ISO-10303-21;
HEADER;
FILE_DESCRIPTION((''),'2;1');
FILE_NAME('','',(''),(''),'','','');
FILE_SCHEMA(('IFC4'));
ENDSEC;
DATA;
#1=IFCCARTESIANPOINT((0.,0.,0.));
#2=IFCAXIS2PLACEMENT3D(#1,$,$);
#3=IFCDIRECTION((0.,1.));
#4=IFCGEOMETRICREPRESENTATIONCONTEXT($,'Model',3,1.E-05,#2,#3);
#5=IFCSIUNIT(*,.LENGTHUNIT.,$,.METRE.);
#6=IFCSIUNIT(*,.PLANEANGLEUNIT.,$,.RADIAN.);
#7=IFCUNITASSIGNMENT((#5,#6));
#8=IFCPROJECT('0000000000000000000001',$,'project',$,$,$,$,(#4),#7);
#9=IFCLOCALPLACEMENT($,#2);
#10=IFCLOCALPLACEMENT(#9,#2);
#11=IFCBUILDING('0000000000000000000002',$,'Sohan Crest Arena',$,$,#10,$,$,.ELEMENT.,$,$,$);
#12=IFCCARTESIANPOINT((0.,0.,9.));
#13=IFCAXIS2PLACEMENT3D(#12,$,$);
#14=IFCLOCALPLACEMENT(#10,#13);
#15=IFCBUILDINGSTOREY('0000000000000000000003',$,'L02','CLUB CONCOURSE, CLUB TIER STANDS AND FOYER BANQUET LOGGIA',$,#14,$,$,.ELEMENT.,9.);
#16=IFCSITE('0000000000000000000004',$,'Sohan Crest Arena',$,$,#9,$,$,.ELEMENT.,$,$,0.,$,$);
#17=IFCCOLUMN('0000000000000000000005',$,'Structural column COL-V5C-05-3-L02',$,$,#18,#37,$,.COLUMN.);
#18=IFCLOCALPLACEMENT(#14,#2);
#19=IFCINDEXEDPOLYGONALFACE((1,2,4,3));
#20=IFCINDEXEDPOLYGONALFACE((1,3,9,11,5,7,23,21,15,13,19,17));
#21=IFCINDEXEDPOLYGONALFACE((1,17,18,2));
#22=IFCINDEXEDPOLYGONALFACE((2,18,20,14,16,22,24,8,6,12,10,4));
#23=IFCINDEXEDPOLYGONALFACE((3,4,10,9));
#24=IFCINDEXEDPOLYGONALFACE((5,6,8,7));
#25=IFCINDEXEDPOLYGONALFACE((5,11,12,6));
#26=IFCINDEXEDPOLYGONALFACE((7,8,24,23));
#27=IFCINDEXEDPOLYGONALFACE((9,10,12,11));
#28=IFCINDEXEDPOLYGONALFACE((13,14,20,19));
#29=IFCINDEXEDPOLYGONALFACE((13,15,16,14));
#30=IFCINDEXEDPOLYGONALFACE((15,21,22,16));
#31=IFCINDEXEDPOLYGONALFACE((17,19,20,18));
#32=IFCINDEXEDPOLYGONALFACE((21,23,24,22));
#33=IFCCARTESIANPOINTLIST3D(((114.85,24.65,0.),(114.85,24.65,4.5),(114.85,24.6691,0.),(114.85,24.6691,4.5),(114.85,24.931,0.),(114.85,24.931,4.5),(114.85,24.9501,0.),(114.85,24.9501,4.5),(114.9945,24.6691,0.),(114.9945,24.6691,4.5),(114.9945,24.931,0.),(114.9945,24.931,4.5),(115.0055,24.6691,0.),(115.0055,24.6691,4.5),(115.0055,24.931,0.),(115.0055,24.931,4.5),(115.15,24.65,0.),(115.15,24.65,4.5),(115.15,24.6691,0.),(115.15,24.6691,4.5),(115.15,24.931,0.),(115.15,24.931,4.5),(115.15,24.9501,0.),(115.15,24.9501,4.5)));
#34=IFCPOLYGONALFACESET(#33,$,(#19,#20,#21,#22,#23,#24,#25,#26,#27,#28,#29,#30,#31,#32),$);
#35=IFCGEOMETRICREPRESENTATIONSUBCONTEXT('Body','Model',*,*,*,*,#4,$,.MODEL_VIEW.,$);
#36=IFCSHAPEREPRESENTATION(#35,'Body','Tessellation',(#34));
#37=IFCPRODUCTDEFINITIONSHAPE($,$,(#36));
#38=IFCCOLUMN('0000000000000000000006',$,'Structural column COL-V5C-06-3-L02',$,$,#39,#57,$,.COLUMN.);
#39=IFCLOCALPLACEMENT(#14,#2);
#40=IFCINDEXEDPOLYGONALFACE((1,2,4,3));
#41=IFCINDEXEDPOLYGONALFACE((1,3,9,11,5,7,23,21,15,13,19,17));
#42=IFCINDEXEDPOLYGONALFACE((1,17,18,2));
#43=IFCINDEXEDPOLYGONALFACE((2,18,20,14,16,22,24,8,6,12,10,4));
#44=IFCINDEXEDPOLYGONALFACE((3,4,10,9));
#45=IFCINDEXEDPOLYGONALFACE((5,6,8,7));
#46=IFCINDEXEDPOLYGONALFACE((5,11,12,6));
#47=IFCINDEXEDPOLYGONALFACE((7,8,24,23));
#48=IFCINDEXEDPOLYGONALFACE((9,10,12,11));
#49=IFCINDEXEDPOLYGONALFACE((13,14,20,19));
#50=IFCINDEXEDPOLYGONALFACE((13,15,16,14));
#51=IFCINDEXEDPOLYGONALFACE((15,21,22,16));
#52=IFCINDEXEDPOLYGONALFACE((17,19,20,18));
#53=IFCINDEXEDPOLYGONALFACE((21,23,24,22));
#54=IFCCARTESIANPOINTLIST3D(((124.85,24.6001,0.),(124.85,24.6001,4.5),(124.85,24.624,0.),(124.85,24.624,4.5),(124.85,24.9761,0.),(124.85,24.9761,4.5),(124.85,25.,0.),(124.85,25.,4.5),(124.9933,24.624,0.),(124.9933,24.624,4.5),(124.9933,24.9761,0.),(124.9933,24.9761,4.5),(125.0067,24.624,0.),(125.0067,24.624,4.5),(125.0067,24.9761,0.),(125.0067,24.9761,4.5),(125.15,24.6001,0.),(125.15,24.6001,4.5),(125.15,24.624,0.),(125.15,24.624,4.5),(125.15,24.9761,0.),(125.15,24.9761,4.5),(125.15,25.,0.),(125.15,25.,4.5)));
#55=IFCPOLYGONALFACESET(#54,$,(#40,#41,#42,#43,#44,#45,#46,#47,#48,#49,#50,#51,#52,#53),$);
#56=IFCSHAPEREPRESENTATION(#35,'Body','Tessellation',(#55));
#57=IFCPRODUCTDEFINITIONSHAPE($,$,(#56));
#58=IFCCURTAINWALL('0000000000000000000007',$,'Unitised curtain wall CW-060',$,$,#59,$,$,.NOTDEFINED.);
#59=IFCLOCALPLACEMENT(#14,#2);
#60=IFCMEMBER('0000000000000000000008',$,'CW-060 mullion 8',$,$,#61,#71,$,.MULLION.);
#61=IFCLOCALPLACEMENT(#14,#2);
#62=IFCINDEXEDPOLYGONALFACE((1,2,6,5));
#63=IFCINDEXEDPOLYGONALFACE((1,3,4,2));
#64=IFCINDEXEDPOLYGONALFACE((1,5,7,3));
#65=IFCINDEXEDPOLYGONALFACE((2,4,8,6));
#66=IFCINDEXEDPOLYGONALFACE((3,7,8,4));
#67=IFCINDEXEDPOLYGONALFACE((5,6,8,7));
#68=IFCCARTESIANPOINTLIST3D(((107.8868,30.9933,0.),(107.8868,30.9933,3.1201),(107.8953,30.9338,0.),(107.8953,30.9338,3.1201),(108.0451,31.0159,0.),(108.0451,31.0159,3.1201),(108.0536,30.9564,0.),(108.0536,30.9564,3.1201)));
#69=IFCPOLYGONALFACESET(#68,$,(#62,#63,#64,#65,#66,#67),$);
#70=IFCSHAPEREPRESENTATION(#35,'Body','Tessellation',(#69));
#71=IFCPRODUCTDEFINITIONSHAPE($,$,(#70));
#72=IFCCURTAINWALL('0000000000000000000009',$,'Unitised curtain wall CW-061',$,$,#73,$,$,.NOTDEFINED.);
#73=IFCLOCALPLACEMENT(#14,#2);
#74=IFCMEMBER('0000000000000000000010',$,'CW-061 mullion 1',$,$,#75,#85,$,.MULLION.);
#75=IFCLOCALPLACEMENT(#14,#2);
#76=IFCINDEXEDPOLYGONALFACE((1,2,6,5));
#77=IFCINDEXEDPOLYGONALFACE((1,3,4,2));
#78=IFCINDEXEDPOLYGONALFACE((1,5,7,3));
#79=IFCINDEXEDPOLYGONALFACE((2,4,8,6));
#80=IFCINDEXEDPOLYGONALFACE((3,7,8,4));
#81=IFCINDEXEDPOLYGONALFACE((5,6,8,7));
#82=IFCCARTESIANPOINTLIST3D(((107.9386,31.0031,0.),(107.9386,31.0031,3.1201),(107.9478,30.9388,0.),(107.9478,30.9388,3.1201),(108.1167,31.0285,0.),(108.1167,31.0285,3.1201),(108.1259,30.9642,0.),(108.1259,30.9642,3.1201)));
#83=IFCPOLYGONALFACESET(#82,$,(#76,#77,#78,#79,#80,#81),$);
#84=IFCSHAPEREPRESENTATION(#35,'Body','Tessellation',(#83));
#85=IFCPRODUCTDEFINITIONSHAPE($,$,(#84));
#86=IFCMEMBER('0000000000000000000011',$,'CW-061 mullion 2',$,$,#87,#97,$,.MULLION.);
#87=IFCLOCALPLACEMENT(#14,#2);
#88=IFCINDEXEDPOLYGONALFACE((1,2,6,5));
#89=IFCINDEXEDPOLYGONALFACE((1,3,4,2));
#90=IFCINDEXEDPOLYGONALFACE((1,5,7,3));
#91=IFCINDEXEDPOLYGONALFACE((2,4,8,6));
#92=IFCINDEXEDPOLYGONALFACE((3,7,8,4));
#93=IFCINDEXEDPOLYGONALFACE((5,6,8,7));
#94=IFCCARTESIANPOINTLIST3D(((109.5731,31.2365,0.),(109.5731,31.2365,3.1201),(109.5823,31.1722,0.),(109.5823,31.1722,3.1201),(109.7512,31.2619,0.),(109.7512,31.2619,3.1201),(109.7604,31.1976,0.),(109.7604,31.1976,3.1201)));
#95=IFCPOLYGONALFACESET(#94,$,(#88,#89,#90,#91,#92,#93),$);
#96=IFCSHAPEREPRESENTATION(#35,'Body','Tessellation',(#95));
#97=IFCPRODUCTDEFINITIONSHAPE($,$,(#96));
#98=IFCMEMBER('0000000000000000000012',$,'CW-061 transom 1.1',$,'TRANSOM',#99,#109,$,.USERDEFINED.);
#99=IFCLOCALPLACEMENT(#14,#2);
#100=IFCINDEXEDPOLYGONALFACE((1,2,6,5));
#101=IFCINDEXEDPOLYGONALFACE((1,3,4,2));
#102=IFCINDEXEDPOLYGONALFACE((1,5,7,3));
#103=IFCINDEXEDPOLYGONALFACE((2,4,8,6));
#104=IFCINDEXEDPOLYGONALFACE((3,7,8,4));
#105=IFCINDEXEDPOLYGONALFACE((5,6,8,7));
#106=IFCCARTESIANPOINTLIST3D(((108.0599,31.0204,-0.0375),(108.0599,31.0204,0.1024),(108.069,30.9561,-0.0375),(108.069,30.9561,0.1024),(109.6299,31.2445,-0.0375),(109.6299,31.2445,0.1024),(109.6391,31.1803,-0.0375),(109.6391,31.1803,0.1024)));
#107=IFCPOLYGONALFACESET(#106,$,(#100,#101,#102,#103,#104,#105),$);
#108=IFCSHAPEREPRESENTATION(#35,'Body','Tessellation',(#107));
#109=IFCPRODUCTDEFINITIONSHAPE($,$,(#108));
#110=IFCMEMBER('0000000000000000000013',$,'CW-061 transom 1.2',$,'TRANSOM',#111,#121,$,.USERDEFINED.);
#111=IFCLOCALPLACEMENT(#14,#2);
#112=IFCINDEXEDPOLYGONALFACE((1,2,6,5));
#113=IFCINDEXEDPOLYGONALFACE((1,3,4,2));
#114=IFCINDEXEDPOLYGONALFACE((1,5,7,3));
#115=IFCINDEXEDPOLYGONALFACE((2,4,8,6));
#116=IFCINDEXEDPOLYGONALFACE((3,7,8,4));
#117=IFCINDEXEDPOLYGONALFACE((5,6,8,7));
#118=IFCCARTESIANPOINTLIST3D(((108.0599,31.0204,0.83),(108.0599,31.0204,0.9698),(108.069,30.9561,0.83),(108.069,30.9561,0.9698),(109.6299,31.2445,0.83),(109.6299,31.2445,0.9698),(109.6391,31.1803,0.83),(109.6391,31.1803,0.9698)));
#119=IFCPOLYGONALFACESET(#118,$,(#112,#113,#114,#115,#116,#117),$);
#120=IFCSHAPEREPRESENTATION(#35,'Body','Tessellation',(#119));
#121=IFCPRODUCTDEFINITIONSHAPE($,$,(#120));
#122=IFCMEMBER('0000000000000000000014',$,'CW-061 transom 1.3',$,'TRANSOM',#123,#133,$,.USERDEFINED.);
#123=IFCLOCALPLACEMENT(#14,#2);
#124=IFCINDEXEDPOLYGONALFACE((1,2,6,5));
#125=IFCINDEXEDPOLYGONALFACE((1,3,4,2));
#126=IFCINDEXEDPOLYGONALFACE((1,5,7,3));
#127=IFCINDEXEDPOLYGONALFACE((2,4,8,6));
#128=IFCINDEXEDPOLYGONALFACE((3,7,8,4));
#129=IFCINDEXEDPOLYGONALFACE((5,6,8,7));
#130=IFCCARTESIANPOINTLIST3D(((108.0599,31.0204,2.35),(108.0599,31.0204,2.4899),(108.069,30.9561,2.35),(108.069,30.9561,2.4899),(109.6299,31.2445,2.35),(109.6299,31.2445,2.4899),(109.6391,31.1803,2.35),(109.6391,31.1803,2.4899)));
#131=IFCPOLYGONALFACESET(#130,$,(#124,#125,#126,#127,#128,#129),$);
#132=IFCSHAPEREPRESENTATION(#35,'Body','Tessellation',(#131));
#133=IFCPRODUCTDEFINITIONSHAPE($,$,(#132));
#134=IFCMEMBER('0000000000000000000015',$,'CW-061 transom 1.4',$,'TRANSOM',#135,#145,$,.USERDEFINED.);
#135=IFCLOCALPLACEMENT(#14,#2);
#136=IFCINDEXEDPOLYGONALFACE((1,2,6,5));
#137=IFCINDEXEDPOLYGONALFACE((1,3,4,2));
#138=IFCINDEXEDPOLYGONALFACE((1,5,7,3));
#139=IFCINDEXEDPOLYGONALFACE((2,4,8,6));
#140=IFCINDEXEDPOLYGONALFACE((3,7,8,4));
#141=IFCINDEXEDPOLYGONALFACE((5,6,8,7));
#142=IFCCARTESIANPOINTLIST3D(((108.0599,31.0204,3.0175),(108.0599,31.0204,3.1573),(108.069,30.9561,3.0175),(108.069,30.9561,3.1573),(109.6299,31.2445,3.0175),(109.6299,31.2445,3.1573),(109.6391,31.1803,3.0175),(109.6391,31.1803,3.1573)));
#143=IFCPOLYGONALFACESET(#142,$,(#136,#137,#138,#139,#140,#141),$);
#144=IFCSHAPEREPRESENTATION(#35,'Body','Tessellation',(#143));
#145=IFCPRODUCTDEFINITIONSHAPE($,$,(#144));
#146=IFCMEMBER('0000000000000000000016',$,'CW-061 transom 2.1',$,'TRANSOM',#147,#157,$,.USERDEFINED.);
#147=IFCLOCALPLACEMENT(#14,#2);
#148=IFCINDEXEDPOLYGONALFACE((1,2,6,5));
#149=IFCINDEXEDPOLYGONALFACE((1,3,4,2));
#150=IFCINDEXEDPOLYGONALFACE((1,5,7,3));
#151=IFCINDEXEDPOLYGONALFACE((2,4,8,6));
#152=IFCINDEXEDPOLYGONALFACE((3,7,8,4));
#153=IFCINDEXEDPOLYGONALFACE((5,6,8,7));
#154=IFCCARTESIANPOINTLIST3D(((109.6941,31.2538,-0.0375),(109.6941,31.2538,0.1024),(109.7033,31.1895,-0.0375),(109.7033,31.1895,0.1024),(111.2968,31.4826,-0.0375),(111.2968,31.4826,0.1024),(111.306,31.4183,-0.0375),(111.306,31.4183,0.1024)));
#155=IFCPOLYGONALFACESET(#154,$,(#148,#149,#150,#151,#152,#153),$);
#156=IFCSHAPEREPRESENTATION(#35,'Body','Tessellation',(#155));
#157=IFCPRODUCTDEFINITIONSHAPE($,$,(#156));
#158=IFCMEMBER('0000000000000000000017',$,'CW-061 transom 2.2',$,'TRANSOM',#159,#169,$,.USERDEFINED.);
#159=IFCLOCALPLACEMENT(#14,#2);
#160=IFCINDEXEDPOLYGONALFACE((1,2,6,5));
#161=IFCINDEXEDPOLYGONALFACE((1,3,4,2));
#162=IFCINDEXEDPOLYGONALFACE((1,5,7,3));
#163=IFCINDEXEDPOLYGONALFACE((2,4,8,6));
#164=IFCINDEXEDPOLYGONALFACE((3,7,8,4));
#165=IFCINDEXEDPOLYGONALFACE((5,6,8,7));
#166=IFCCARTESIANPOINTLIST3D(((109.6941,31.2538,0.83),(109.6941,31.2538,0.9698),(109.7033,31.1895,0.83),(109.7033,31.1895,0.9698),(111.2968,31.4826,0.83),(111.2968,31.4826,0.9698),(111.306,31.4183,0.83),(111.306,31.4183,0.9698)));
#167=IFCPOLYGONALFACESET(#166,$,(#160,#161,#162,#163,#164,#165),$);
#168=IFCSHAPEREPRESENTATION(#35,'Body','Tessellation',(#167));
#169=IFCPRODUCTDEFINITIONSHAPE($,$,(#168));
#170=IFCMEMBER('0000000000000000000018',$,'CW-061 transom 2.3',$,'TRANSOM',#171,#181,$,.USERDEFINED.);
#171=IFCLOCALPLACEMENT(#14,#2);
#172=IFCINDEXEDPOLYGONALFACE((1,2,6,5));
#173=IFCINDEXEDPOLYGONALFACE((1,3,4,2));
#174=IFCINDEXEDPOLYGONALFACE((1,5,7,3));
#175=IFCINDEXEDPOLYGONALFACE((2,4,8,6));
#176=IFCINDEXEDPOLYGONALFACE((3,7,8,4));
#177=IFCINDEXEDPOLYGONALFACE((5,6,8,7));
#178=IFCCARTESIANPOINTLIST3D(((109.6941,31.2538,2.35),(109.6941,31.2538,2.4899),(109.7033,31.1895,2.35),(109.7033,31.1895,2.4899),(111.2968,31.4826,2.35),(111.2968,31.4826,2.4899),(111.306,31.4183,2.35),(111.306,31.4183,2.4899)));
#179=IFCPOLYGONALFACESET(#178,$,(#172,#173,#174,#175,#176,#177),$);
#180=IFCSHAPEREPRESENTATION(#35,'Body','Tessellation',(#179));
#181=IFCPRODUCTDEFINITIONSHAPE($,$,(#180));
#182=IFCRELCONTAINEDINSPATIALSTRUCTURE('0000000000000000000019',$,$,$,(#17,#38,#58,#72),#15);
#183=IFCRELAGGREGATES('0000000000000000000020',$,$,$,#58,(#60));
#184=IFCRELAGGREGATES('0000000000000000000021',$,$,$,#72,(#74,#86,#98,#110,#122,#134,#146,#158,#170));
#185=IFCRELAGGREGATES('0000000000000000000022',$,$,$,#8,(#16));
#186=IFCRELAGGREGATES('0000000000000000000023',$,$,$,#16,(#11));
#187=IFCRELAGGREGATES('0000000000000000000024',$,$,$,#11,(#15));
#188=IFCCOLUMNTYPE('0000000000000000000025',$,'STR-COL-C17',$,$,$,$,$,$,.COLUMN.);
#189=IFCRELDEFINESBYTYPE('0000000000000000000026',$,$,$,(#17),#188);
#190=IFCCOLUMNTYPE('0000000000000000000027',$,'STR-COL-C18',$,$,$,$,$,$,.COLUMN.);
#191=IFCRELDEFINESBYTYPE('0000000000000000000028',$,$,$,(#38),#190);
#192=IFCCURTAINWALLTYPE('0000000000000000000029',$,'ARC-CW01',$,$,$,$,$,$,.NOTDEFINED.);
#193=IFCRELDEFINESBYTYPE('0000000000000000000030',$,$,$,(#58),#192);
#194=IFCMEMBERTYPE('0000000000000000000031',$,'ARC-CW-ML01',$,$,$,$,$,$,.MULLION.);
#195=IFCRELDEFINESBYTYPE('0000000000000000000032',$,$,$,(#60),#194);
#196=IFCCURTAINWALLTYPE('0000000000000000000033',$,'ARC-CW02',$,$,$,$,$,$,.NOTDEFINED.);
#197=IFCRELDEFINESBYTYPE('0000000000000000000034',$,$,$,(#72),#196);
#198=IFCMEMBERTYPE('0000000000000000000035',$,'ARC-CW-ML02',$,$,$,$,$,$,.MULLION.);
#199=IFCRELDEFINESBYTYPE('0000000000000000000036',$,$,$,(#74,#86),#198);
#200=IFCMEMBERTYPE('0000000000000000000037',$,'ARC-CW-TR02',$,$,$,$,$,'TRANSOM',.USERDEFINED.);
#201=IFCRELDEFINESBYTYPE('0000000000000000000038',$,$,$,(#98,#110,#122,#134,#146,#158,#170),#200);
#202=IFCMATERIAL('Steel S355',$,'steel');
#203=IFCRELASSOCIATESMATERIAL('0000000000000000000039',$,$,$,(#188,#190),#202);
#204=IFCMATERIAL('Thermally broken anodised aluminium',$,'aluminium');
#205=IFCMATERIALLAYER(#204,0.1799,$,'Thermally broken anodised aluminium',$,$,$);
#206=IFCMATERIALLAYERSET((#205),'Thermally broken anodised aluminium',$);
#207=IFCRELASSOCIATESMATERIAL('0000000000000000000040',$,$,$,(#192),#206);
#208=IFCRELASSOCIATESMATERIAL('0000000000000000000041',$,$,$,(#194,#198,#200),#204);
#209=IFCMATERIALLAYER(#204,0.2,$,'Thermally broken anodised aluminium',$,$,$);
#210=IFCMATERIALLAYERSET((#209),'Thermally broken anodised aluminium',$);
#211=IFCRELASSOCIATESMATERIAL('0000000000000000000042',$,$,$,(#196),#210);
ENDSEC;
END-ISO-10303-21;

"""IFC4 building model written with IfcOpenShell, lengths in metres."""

from ifc_helpers import new_model, si_unit, direction, frame, origin, origin_2d, place, context, subcontext, project, spatial, rectangle, i_section, extrude, material, layer, layer_set, material_profile, profile_set, type_object, element, aggregate, save


model = new_model("IFC4")

# Units and contexts
model_context = context("Model", 3, precision=1e-05, world=origin(), true_north=direction((0.0, 1.0)))
body_context = subcontext(model_context, "Body", "Model", "MODEL_VIEW")
ifc_project = project(units=[si_unit("LENGTHUNIT", "METRE"), si_unit("PLANEANGLEUNIT", "RADIAN")], contexts=[model_context])

# Site, building, storey
site_placement = place(None, origin())
site = spatial("IfcSite", under=ifc_project, at=site_placement, Name="Sohan Crest Arena", CompositionType="ELEMENT", RefElevation=0.0)
building_placement = place(site_placement, origin())
building = spatial("IfcBuilding", under=site, at=building_placement, Name="Sohan Crest Arena", CompositionType="ELEMENT")
storey_placement = place(building_placement, frame((0.0, 0.0, 9.0)))
storey = spatial("IfcBuildingStorey", under=building, at=storey_placement, Name="L02", Description="CLUB CONCOURSE, CLUB TIER STANDS AND FOYER BANQUET LOGGIA", CompositionType="ELEMENT", Elevation=9.0)

# Columns
ifc_material_1 = material(Name="Steel S355", Category="steel")
ifc_material_profile_1 = material_profile(ifc_material_1, i_section(OverallWidth=0.3, OverallDepth=0.3, WebThickness=0.011, FlangeThickness=0.019, at=origin_2d()), Name="HEB 300")
ifc_profile_set_1 = profile_set([ifc_material_profile_1], Name="Steel S355")
column_type_1 = type_object("IfcColumnType", Name="STR-COL-C17", PredefinedType="COLUMN", material=ifc_profile_set_1)
column_1_placement = place(storey_placement, frame((115.0, 24.8, 0.0), z_axis=(0.0, 0.0, 1.0), x_axis=(1.0, 0.0, 0.0)))
element("IfcColumn", 1, at=column_1_placement, inside=storey, type_object=column_type_1, Name="Structural column COL-V5C-05-3-L02", PredefinedType="COLUMN", context=body_context, shape_type="SweptSolid", body=[
    extrude(i_section(OverallWidth=0.3, OverallDepth=0.3, WebThickness=0.011, FlangeThickness=0.019, at=origin_2d()), origin(), (0.0, 0.0, 1.0), 4.5),
])
ifc_material_profile_2 = material_profile(ifc_material_1, i_section(OverallWidth=0.3, OverallDepth=0.3999, WebThickness=0.0134, FlangeThickness=0.0239, at=origin_2d()), Name="HEB 400")
ifc_profile_set_2 = profile_set([ifc_material_profile_2], Name="Steel S355")
column_type_2 = type_object("IfcColumnType", Name="STR-COL-C18", PredefinedType="COLUMN", material=ifc_profile_set_2)
column_2_placement = place(storey_placement, frame((125.0, 24.8, 0.0), z_axis=(0.0, 0.0, 1.0), x_axis=(1.0, 0.0, 0.0)))
element("IfcColumn", 2, at=column_2_placement, inside=storey, type_object=column_type_2, Name="Structural column COL-V5C-06-3-L02", PredefinedType="COLUMN", context=body_context, shape_type="SweptSolid", body=[
    extrude(i_section(OverallWidth=0.3, OverallDepth=0.3999, WebThickness=0.0134, FlangeThickness=0.0239, at=origin_2d()), origin(), (0.0, 0.0, 1.0), 4.5),
])

# Curtain wall, member
ifc_material_2 = material(Name="Thermally broken anodised aluminium", Category="aluminium")
ifc_layer_1 = layer(ifc_material_2, 0.1799, Name="Thermally broken anodised aluminium")
ifc_layer_set_1 = layer_set([ifc_layer_1], Name="Thermally broken anodised aluminium")
curtain_wall_type_1 = type_object("IfcCurtainWallType", Name="ARC-CW01", PredefinedType="NOTDEFINED", material=ifc_layer_set_1)
curtain_wall_1_placement = place(storey_placement, origin())
curtain_wall_1 = element("IfcCurtainWall", 3, at=curtain_wall_1_placement, inside=storey, type_object=curtain_wall_type_1, Name="Unitised curtain wall CW-060", PredefinedType="NOTDEFINED")
ifc_material_profile_3 = material_profile(ifc_material_2, rectangle(XDim=0.0601, YDim=0.1599, at=origin_2d()), Name="ALU-MULL 60x160")
ifc_profile_set_3 = profile_set([ifc_material_profile_3], Name="Thermally broken anodised aluminium")
member_type_1 = type_object("IfcMemberType", Name="ARC-CW-ML01", PredefinedType="MULLION", material=ifc_profile_set_3)
member_1_placement = place(storey_placement, frame((107.9702, 30.9749, 0.0), z_axis=(0.0, 0.0, 1.0), x_axis=(-0.141463, 0.989944, 0.0)))
member_1 = element("IfcMember", 4, at=member_1_placement, type_object=member_type_1, Name="CW-060 mullion 8", PredefinedType="MULLION", context=body_context, shape_type="SweptSolid", body=[
    extrude(rectangle(XDim=0.0601, YDim=0.1599, at=origin_2d()), origin(), (0.0, 0.0, 1.0), 3.1201),
])

# Curtain wall, members
ifc_layer_2 = layer(ifc_material_2, 0.2, Name="Thermally broken anodised aluminium")
ifc_layer_set_2 = layer_set([ifc_layer_2], Name="Thermally broken anodised aluminium")
curtain_wall_type_2 = type_object("IfcCurtainWallType", Name="ARC-CW02", PredefinedType="NOTDEFINED", material=ifc_layer_set_2)
curtain_wall_2_placement = place(storey_placement, origin())
curtain_wall_2 = element("IfcCurtainWall", 5, at=curtain_wall_2_placement, inside=storey, type_object=curtain_wall_type_2, Name="Unitised curtain wall CW-061", PredefinedType="NOTDEFINED")
ifc_material_profile_4 = material_profile(ifc_material_2, rectangle(XDim=0.0649, YDim=0.1799, at=origin_2d()), Name="ALU-MULL 65x180")
ifc_profile_set_4 = profile_set([ifc_material_profile_4], Name="Thermally broken anodised aluminium")
member_type_2 = type_object("IfcMemberType", Name="ARC-CW-ML02", PredefinedType="MULLION", material=ifc_profile_set_4)
member_2_placement = place(storey_placement, frame((108.0322, 30.9836, 0.0), z_axis=(0.0, 0.0, 1.0), x_axis=(-0.141366, 0.989957, 0.0)))
member_2 = element("IfcMember", 6, at=member_2_placement, type_object=member_type_2, Name="CW-061 mullion 1", PredefinedType="MULLION", context=body_context, shape_type="SweptSolid", body=[
    extrude(rectangle(XDim=0.0649, YDim=0.1799, at=origin_2d()), origin(), (0.0, 0.0, 1.0), 3.1201),
])
member_3_placement = place(storey_placement, frame((109.6667, 31.217, 0.0), z_axis=(0.0, 0.0, 1.0), x_axis=(-0.141366, 0.989957, 0.0)))
member_3 = element("IfcMember", 7, at=member_3_placement, type_object=member_type_2, Name="CW-061 mullion 2", PredefinedType="MULLION", context=body_context, shape_type="SweptSolid", body=[
    extrude(rectangle(XDim=0.0649, YDim=0.1799, at=origin_2d()), origin(), (0.0, 0.0, 1.0), 3.1201),
])
ifc_material_profile_5 = material_profile(ifc_material_2, rectangle(XDim=0.0649, YDim=0.1399, at=origin_2d()), Name="ALU-TRAN 65x140")
ifc_profile_set_5 = profile_set([ifc_material_profile_5], Name="Thermally broken anodised aluminium")
member_type_3 = type_object("IfcMemberType", Name="ARC-CW-TR02", ElementType="TRANSOM", PredefinedType="USERDEFINED", material=ifc_profile_set_5)
member_4_placement = place(storey_placement, frame((108.0645, 30.9883, 0.0325), z_axis=(0.989965, 0.141314, 0.0), x_axis=(-0.141314, 0.989965, 0.0)))
member_4 = element("IfcMember", 8, at=member_4_placement, type_object=member_type_3, Name="CW-061 transom 1.1", ObjectType="TRANSOM", PredefinedType="USERDEFINED", context=body_context, shape_type="SweptSolid", body=[
    extrude(rectangle(XDim=0.0649, YDim=0.1399, at=origin_2d()), origin(), (0.0, 0.0, 1.0), 1.5859),
])
member_5_placement = place(storey_placement, frame((108.0645, 30.9883, 0.8999), z_axis=(0.989965, 0.141314, 0.0), x_axis=(-0.141314, 0.989965, 0.0)))
member_5 = element("IfcMember", 9, at=member_5_placement, type_object=member_type_3, Name="CW-061 transom 1.2", ObjectType="TRANSOM", PredefinedType="USERDEFINED", context=body_context, shape_type="SweptSolid", body=[
    extrude(rectangle(XDim=0.0649, YDim=0.1399, at=origin_2d()), origin(), (0.0, 0.0, 1.0), 1.5859),
])
member_6_placement = place(storey_placement, frame((108.0645, 30.9883, 2.4199), z_axis=(0.989965, 0.141314, 0.0), x_axis=(-0.141314, 0.989965, 0.0)))
member_6 = element("IfcMember", 10, at=member_6_placement, type_object=member_type_3, Name="CW-061 transom 1.3", ObjectType="TRANSOM", PredefinedType="USERDEFINED", context=body_context, shape_type="SweptSolid", body=[
    extrude(rectangle(XDim=0.0649, YDim=0.1399, at=origin_2d()), origin(), (0.0, 0.0, 1.0), 1.5859),
])
member_7_placement = place(storey_placement, frame((108.0645, 30.9883, 3.0874), z_axis=(0.989965, 0.141314, 0.0), x_axis=(-0.141314, 0.989965, 0.0)))
member_7 = element("IfcMember", 11, at=member_7_placement, type_object=member_type_3, Name="CW-061 transom 1.4", ObjectType="TRANSOM", PredefinedType="USERDEFINED", context=body_context, shape_type="SweptSolid", body=[
    extrude(rectangle(XDim=0.0649, YDim=0.1399, at=origin_2d()), origin(), (0.0, 0.0, 1.0), 1.5859),
])
member_8_placement = place(storey_placement, frame((109.6987, 31.2217, 0.0325), z_axis=(0.989965, 0.141316, 0.0), x_axis=(-0.141316, 0.989965, 0.0)))
member_8 = element("IfcMember", 12, at=member_8_placement, type_object=member_type_3, Name="CW-061 transom 2.1", ObjectType="TRANSOM", PredefinedType="USERDEFINED", context=body_context, shape_type="SweptSolid", body=[
    extrude(rectangle(XDim=0.0649, YDim=0.1399, at=origin_2d()), origin(), (0.0, 0.0, 1.0), 1.6189),
])
member_9_placement = place(storey_placement, frame((109.6987, 31.2217, 0.8999), z_axis=(0.989965, 0.141316, 0.0), x_axis=(-0.141316, 0.989965, 0.0)))
member_9 = element("IfcMember", 13, at=member_9_placement, type_object=member_type_3, Name="CW-061 transom 2.2", ObjectType="TRANSOM", PredefinedType="USERDEFINED", context=body_context, shape_type="SweptSolid", body=[
    extrude(rectangle(XDim=0.0649, YDim=0.1399, at=origin_2d()), origin(), (0.0, 0.0, 1.0), 1.6189),
])
member_10_placement = place(storey_placement, frame((109.6987, 31.2217, 2.4199), z_axis=(0.989965, 0.141316, 0.0), x_axis=(-0.141316, 0.989965, 0.0)))
member_10 = element("IfcMember", 14, at=member_10_placement, type_object=member_type_3, Name="CW-061 transom 2.3", ObjectType="TRANSOM", PredefinedType="USERDEFINED", context=body_context, shape_type="SweptSolid", body=[
    extrude(rectangle(XDim=0.0649, YDim=0.1399, at=origin_2d()), origin(), (0.0, 0.0, 1.0), 1.6189),
])

aggregate(curtain_wall_1, [member_1])
aggregate(curtain_wall_2, [member_2, member_3, member_4, member_5, member_6, member_7, member_8, member_9, member_10])

save(model, "model.ifc")
